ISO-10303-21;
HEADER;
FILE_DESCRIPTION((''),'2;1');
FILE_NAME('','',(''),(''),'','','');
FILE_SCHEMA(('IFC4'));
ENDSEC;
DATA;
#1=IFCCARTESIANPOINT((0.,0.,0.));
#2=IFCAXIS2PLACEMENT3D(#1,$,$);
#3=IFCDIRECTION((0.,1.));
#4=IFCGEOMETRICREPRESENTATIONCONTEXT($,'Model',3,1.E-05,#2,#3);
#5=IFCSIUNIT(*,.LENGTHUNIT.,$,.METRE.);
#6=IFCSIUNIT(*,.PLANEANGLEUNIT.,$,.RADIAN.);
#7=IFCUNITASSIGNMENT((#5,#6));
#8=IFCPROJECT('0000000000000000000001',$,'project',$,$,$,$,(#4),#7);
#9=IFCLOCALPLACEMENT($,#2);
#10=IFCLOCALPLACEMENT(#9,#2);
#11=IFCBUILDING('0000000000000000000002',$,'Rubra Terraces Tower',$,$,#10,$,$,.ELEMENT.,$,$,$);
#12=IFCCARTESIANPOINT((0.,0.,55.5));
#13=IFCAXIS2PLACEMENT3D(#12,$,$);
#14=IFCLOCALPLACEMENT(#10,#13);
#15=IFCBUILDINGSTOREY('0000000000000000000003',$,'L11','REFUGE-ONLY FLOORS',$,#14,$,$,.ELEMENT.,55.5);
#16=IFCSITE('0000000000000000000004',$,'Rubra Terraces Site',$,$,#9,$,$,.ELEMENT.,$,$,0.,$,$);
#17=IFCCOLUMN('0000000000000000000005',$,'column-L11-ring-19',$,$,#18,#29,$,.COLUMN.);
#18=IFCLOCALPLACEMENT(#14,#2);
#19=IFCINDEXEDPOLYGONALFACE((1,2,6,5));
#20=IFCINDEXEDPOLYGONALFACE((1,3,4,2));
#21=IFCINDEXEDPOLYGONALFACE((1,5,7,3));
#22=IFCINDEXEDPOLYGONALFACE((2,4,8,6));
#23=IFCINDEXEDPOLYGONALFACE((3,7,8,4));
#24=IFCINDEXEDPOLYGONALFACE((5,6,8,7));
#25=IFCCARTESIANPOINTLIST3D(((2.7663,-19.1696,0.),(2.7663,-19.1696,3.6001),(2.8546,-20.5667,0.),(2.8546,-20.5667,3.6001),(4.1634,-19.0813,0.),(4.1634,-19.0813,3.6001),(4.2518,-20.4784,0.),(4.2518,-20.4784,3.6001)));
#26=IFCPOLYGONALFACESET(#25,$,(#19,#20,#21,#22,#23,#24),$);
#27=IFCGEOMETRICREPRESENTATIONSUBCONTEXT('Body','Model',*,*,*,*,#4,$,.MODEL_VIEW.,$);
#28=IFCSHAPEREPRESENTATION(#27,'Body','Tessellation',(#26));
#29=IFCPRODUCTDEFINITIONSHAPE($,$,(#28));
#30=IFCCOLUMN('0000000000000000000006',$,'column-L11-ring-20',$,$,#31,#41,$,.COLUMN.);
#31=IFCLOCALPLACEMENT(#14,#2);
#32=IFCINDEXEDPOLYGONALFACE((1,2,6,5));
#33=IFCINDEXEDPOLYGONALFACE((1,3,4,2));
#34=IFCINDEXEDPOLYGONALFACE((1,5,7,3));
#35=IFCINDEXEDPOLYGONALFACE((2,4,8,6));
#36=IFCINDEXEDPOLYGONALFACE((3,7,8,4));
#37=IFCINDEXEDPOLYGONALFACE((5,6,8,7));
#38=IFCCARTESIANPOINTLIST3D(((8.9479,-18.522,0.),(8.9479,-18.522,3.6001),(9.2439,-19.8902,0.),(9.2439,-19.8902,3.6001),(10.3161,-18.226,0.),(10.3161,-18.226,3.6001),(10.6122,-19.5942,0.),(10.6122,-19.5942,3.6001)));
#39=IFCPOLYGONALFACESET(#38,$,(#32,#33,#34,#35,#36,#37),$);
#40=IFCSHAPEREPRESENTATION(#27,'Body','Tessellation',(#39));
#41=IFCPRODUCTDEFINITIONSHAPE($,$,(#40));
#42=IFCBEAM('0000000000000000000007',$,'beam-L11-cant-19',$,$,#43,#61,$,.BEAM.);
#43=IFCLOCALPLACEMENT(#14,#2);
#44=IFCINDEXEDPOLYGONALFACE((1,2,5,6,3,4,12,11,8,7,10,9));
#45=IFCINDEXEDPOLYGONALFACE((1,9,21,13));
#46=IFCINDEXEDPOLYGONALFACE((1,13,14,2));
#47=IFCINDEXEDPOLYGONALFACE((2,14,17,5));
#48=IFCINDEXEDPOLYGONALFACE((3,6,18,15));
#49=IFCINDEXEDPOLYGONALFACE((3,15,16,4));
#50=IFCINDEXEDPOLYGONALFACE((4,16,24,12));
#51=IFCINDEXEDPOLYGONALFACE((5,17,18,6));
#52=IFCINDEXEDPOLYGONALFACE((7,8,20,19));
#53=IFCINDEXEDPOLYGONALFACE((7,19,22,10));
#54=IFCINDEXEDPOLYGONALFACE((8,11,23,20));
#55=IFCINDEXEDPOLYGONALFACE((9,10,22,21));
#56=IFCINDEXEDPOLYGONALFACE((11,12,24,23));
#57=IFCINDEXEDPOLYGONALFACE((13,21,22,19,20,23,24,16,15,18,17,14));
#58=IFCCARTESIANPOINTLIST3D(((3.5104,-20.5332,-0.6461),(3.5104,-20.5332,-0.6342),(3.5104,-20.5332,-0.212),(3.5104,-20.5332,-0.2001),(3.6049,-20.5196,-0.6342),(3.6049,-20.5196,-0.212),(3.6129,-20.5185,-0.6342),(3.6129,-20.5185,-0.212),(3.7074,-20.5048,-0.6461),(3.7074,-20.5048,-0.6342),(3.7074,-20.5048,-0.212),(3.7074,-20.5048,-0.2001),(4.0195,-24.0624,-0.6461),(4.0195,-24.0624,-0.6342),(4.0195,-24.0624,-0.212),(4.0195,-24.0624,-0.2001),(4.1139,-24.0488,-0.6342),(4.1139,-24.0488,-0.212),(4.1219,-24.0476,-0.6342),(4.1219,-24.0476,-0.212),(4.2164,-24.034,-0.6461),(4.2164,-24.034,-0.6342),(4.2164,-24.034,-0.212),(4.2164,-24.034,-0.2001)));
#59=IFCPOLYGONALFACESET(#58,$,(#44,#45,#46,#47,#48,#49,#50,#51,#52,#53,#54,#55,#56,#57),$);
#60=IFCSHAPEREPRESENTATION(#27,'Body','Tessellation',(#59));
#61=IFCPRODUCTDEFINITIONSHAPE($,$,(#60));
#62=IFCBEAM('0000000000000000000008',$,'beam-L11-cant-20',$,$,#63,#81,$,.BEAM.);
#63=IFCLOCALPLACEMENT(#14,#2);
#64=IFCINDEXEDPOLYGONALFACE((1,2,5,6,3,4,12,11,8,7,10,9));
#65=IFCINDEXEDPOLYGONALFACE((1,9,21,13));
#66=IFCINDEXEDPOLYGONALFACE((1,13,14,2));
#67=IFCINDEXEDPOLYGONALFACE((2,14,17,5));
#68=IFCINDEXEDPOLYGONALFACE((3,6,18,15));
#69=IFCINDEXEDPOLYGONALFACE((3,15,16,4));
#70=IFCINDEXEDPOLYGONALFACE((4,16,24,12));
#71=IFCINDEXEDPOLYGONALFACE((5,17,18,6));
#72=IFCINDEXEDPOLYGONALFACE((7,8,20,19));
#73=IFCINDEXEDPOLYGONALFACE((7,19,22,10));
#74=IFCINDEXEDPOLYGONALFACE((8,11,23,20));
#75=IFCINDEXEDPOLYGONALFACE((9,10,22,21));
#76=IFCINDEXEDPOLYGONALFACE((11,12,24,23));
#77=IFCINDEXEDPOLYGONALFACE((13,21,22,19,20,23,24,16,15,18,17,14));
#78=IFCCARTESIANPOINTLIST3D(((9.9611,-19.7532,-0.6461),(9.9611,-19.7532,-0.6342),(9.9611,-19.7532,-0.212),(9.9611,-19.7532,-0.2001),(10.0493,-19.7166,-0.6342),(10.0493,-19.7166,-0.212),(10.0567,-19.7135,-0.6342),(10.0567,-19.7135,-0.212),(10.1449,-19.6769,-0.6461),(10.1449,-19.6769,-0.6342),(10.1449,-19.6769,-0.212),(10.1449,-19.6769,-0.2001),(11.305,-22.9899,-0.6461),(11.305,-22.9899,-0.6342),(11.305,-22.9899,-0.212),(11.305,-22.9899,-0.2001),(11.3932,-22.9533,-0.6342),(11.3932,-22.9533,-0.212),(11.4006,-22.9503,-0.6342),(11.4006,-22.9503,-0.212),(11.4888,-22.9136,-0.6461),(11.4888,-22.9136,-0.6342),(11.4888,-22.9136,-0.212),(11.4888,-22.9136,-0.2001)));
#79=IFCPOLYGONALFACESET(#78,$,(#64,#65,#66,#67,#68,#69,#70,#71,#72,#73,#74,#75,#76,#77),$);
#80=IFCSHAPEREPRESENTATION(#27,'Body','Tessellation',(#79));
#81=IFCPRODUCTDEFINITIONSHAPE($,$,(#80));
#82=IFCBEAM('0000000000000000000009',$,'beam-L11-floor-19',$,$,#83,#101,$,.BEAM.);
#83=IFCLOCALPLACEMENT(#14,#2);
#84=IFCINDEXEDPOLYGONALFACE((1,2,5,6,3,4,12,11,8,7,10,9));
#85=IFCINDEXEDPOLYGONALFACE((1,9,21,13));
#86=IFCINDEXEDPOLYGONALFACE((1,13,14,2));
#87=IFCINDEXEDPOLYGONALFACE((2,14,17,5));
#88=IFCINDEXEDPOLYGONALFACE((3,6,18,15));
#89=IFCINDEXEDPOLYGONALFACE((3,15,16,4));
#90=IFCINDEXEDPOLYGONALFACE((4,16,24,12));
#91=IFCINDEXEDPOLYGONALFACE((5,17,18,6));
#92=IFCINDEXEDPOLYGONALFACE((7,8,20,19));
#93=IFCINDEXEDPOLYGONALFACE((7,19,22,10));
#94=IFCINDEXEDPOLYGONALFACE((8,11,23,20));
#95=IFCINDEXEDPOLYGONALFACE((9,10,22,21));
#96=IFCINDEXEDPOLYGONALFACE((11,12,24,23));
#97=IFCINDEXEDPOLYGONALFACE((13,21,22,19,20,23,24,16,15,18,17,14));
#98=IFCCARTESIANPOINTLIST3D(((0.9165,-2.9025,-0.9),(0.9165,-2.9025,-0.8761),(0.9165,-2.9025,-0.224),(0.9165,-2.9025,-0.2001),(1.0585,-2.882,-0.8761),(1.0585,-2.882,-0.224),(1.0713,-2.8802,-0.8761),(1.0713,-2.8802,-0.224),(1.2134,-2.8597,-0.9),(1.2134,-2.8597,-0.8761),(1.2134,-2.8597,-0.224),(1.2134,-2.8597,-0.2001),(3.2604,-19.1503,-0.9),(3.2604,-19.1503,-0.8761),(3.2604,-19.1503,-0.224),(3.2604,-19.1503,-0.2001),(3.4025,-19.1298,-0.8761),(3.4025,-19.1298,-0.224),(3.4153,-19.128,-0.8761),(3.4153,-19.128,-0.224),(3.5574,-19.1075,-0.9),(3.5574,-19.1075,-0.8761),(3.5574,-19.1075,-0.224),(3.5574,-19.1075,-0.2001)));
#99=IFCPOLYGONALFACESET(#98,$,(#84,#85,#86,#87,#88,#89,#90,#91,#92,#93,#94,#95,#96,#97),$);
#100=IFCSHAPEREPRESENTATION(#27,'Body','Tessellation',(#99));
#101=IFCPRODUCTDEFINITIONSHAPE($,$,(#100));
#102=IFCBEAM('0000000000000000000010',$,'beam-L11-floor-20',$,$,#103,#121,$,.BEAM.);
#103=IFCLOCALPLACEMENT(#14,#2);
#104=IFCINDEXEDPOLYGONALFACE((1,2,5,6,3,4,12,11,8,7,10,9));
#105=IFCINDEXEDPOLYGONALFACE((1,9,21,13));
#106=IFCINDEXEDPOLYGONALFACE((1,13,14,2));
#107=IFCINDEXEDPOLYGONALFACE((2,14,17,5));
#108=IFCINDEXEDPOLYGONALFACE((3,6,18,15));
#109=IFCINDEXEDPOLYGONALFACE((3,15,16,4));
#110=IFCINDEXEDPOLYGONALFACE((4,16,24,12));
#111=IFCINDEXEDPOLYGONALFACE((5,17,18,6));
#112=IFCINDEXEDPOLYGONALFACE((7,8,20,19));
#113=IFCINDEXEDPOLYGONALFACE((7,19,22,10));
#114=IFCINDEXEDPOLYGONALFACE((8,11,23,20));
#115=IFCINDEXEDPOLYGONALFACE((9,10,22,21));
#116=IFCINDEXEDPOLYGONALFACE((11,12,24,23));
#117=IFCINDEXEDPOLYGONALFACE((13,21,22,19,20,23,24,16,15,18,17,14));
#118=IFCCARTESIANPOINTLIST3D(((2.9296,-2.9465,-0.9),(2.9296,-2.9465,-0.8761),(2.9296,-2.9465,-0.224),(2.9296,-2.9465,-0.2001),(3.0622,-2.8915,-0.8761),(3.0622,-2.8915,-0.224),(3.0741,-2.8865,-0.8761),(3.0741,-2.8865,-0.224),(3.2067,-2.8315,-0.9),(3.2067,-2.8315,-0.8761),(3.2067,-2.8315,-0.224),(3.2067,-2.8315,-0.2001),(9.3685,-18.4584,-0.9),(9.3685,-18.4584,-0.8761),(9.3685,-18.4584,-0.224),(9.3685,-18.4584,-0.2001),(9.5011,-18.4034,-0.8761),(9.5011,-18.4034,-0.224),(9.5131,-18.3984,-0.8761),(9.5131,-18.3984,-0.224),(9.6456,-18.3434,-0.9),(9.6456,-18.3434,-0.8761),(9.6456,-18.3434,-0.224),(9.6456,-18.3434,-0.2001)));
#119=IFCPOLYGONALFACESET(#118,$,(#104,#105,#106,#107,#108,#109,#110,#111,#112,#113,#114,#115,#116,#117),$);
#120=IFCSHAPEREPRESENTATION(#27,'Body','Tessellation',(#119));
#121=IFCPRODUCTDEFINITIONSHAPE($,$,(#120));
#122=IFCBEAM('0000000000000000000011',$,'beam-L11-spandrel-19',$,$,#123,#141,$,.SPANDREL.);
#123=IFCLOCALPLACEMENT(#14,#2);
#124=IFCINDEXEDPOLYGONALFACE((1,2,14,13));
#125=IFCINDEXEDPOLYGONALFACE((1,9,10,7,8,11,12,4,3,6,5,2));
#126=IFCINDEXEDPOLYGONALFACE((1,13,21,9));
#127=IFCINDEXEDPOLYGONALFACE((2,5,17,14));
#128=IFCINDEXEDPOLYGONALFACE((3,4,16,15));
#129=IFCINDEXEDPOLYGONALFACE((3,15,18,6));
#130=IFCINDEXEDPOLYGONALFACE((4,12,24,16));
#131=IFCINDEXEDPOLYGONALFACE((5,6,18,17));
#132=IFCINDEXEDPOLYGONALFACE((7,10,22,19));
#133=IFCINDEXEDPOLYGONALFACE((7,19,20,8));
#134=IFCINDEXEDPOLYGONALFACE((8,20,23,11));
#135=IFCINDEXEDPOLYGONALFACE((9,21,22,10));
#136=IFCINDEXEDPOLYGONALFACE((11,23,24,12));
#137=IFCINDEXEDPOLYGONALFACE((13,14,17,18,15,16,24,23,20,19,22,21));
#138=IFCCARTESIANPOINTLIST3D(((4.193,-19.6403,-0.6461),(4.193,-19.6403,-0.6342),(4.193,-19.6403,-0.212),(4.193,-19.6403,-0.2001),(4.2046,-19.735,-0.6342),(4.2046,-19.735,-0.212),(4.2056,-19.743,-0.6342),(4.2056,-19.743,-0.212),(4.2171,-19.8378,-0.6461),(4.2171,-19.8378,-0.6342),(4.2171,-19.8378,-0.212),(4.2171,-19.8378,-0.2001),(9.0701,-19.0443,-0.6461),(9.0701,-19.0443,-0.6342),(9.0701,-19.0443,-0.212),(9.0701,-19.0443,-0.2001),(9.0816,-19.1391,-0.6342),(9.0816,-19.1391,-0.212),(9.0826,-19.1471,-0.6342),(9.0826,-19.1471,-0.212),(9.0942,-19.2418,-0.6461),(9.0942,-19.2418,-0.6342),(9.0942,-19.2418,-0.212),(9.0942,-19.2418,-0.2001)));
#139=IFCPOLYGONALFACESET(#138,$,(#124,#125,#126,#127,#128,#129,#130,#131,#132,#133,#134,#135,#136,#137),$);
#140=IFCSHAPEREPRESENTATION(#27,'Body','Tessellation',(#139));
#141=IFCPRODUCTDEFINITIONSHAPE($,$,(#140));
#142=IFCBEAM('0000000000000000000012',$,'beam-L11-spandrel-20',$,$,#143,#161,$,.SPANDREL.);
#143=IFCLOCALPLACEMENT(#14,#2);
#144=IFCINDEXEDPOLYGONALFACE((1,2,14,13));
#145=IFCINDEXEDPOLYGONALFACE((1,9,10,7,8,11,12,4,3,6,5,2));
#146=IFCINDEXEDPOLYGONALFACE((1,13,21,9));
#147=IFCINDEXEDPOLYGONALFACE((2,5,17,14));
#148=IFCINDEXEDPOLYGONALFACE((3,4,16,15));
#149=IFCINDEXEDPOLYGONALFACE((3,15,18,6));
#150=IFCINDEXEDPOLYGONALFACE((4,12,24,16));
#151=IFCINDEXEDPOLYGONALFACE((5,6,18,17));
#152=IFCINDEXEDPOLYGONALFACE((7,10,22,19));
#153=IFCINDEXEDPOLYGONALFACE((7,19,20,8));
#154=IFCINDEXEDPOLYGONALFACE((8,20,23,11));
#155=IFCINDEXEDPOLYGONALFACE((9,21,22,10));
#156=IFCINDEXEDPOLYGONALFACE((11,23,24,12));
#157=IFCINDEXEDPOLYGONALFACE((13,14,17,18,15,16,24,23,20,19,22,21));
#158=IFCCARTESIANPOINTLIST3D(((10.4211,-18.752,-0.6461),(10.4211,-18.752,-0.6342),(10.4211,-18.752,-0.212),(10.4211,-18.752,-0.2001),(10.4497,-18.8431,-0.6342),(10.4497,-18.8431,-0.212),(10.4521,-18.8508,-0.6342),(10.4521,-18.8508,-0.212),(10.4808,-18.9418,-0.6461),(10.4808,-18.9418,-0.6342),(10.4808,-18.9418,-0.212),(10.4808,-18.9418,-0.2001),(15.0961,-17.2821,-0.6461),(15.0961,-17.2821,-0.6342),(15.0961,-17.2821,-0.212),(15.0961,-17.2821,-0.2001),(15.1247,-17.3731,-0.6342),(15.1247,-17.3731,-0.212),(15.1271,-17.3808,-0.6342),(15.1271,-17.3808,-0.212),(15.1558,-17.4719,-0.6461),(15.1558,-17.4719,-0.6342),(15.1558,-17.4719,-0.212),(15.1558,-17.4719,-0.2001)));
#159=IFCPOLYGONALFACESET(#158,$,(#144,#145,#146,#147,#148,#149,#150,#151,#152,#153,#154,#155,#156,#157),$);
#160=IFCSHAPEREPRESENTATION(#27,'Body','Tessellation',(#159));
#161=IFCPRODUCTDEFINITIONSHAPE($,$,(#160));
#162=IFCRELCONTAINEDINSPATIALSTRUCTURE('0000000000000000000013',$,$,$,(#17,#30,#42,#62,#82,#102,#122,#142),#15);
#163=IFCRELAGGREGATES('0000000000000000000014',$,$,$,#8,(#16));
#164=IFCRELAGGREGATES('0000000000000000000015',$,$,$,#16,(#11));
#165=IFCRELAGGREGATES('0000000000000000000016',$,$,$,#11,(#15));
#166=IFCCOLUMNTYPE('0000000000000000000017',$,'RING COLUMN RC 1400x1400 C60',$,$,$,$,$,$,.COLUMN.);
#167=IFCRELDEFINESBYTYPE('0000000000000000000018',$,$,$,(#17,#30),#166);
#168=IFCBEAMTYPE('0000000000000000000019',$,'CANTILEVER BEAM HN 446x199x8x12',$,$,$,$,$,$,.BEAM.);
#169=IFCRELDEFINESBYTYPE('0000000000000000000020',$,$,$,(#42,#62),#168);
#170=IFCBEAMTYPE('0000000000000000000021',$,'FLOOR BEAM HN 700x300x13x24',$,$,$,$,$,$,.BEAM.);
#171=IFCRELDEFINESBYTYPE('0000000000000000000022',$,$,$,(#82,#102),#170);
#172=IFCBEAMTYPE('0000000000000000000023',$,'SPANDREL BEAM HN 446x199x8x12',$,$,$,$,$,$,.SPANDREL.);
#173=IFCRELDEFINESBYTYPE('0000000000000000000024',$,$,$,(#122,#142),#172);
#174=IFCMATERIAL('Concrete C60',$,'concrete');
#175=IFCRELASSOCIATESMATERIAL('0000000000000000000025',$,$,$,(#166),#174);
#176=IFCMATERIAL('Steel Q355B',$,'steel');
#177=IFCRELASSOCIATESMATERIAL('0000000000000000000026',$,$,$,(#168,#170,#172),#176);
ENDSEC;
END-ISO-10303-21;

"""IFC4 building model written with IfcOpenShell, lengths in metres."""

from ifc_helpers import new_model, si_unit, direction, frame, origin, origin_2d, place, context, subcontext, project, spatial, rectangle, i_section, extrude, material, material_profile, profile_set, type_object, element, save


model = new_model("IFC4")

# Units and contexts
model_context = context("Model", 3, precision=1e-05, world=origin(), true_north=direction((0.0, 1.0)))
body_context = subcontext(model_context, "Body", "Model", "MODEL_VIEW")
ifc_project = project(units=[si_unit("LENGTHUNIT", "METRE"), si_unit("PLANEANGLEUNIT", "RADIAN")], contexts=[model_context])

# Site, building, storey
site_placement = place(None, origin())
site = spatial("IfcSite", under=ifc_project, at=site_placement, Name="Rubra Terraces Site", CompositionType="ELEMENT", RefElevation=0.0)
building_placement = place(site_placement, origin())
building = spatial("IfcBuilding", under=site, at=building_placement, Name="Rubra Terraces Tower", CompositionType="ELEMENT")
storey_placement = place(building_placement, frame((0.0, 0.0, 55.5)))
storey = spatial("IfcBuildingStorey", under=building, at=storey_placement, Name="L11", Description="REFUGE-ONLY FLOORS", CompositionType="ELEMENT", Elevation=55.5)

# Columns
ifc_material_1 = material(Name="Concrete C60", Category="concrete")
ifc_material_profile_1 = material_profile(ifc_material_1, rectangle(XDim=1.3999, YDim=1.3999, at=origin_2d()), Name="RC 1400x1400")
ifc_profile_set_1 = profile_set([ifc_material_profile_1], Name="Concrete C60")
column_type = type_object("IfcColumnType", Name="RING COLUMN RC 1400x1400 C60", PredefinedType="COLUMN", material=ifc_profile_set_1)
for number, where, z_axis, x_axis, name in (
    (1, (3.509, -19.824, 0.0), (0.0, 0.0, 1.0), (0.998008, 0.063094, 0.0), "column-L11-ring-19"),
    (2, (9.78, -19.0581, 0.0), (0.0, 0.0, 1.0), (0.977386, 0.211462, 0.0), "column-L11-ring-20"),
):
    element("IfcColumn", number, at=place(storey_placement, frame(where, z_axis=z_axis, x_axis=x_axis)), inside=storey, type_object=column_type, Name=name, PredefinedType="COLUMN", context=body_context, shape_type="SweptSolid", body=[
        extrude(rectangle(XDim=1.3999, YDim=1.3999, at=origin_2d()), origin(), (0.0, 0.0, 1.0), 3.6001),
    ])

# Beams
ifc_material_2 = material(Name="Steel Q355B", Category="steel")
ifc_material_profile_2 = material_profile(ifc_material_2, i_section(OverallWidth=0.199, OverallDepth=0.446, WebThickness=0.0081, FlangeThickness=0.012, at=origin_2d()), Name="HN 446x199x8x12")
ifc_profile_set_2 = profile_set([ifc_material_profile_2], Name="Steel Q355B")
beam_type_1 = type_object("IfcBeamType", Name="CANTILEVER BEAM HN 446x199x8x12", PredefinedType="BEAM", material=ifc_profile_set_2)
beam_1_placement = place(storey_placement, frame((3.6089, -20.519, -0.4231), z_axis=(0.142763, -0.989757, 0.0), x_axis=(0.989757, 0.142763, 0.0)))
element("IfcBeam", 3, at=beam_1_placement, inside=storey, type_object=beam_type_1, Name="beam-L11-cant-19", PredefinedType="BEAM", context=body_context, shape_type="SweptSolid", body=[
    extrude(i_section(OverallWidth=0.199, OverallDepth=0.446, WebThickness=0.0081, FlangeThickness=0.012, at=origin_2d()), origin(), (0.0, 0.0, 1.0), 3.5657),
])
beam_2_placement = place(storey_placement, frame((10.053, -19.7151, -0.4231), z_axis=(0.383477, -0.92355, 0.0), x_axis=(0.92355, 0.383477, 0.0)))
element("IfcBeam", 4, at=beam_2_placement, inside=storey, type_object=beam_type_1, Name="beam-L11-cant-20", PredefinedType="BEAM", context=body_context, shape_type="SweptSolid", body=[
    extrude(i_section(OverallWidth=0.199, OverallDepth=0.446, WebThickness=0.0081, FlangeThickness=0.012, at=origin_2d()), origin(), (0.0, 0.0, 1.0), 3.5046),
])
ifc_material_profile_3 = material_profile(ifc_material_2, i_section(OverallWidth=0.3, OverallDepth=0.7, WebThickness=0.0129, FlangeThickness=0.0239, at=origin_2d()), Name="HN 700x300x13x24")
ifc_profile_set_3 = profile_set([ifc_material_profile_3], Name="Steel Q355B")
beam_type_2 = type_object("IfcBeamType", Name="FLOOR BEAM HN 700x300x13x24", PredefinedType="BEAM", material=ifc_profile_set_3)
beam_3_placement = place(storey_placement, frame((3.4089, -19.1289, -0.55), z_axis=(-0.142787, 0.989753, 0.0), x_axis=(-0.989753, -0.142787, 0.0)))
element("IfcBeam", 5, at=beam_3_placement, inside=storey, type_object=beam_type_2, Name="beam-L11-floor-19", PredefinedType="BEAM", context=body_context, shape_type="SweptSolid", body=[
    extrude(i_section(OverallWidth=0.3, OverallDepth=0.7, WebThickness=0.0129, FlangeThickness=0.0239, at=origin_2d()), origin(), (0.0, 0.0, 1.0), 16.416),
])
beam_4_placement = place(storey_placement, frame((9.5071, -18.4009, -0.55), z_axis=(-0.38338, 0.923591, 0.0), x_axis=(-0.923591, -0.38338, 0.0)))
element("IfcBeam", 6, at=beam_4_placement, inside=storey, type_object=beam_type_2, Name="beam-L11-floor-20", PredefinedType="BEAM", context=body_context, shape_type="SweptSolid", body=[
    extrude(i_section(OverallWidth=0.3, OverallDepth=0.7, WebThickness=0.0129, FlangeThickness=0.0239, at=origin_2d()), origin(), (0.0, 0.0, 1.0), 16.7952),
])
ifc_material_profile_4 = material_profile(ifc_material_2, i_section(OverallWidth=0.199, OverallDepth=0.446, WebThickness=0.0081, FlangeThickness=0.012, at=origin_2d()), Name="HN 446x199x8x12")
ifc_profile_set_4 = profile_set([ifc_material_profile_4], Name="Steel Q355B")
beam_type_3 = type_object("IfcBeamType", Name="SPANDREL BEAM HN 446x199x8x12", PredefinedType="SPANDREL", material=ifc_profile_set_4)
beam_5_placement = place(storey_placement, frame((4.2051, -19.739, -0.4231), z_axis=(0.992617, 0.121294, 0.0), x_axis=(-0.121294, 0.992617, 0.0)))
element("IfcBeam", 7, at=beam_5_placement, inside=storey, type_object=beam_type_3, Name="beam-L11-spandrel-19", PredefinedType="SPANDREL", context=body_context, shape_type="SweptSolid", body=[
    extrude(i_section(OverallWidth=0.199, OverallDepth=0.446, WebThickness=0.0081, FlangeThickness=0.012, at=origin_2d()), origin(), (0.0, 0.0, 1.0), 4.9133),
])
beam_6_placement = place(storey_placement, frame((10.4509, -18.8469, -0.4231), z_axis=(0.953955, 0.299951, 0.0), x_axis=(-0.299951, 0.953955, 0.0)))
element("IfcBeam", 8, at=beam_6_placement, inside=storey, type_object=beam_type_3, Name="beam-L11-spandrel-20", PredefinedType="SPANDREL", context=body_context, shape_type="SweptSolid", body=[
    extrude(i_section(OverallWidth=0.199, OverallDepth=0.446, WebThickness=0.0081, FlangeThickness=0.012, at=origin_2d()), origin(), (0.0, 0.0, 1.0), 4.9006),
])

save(model, "model.ifc")
